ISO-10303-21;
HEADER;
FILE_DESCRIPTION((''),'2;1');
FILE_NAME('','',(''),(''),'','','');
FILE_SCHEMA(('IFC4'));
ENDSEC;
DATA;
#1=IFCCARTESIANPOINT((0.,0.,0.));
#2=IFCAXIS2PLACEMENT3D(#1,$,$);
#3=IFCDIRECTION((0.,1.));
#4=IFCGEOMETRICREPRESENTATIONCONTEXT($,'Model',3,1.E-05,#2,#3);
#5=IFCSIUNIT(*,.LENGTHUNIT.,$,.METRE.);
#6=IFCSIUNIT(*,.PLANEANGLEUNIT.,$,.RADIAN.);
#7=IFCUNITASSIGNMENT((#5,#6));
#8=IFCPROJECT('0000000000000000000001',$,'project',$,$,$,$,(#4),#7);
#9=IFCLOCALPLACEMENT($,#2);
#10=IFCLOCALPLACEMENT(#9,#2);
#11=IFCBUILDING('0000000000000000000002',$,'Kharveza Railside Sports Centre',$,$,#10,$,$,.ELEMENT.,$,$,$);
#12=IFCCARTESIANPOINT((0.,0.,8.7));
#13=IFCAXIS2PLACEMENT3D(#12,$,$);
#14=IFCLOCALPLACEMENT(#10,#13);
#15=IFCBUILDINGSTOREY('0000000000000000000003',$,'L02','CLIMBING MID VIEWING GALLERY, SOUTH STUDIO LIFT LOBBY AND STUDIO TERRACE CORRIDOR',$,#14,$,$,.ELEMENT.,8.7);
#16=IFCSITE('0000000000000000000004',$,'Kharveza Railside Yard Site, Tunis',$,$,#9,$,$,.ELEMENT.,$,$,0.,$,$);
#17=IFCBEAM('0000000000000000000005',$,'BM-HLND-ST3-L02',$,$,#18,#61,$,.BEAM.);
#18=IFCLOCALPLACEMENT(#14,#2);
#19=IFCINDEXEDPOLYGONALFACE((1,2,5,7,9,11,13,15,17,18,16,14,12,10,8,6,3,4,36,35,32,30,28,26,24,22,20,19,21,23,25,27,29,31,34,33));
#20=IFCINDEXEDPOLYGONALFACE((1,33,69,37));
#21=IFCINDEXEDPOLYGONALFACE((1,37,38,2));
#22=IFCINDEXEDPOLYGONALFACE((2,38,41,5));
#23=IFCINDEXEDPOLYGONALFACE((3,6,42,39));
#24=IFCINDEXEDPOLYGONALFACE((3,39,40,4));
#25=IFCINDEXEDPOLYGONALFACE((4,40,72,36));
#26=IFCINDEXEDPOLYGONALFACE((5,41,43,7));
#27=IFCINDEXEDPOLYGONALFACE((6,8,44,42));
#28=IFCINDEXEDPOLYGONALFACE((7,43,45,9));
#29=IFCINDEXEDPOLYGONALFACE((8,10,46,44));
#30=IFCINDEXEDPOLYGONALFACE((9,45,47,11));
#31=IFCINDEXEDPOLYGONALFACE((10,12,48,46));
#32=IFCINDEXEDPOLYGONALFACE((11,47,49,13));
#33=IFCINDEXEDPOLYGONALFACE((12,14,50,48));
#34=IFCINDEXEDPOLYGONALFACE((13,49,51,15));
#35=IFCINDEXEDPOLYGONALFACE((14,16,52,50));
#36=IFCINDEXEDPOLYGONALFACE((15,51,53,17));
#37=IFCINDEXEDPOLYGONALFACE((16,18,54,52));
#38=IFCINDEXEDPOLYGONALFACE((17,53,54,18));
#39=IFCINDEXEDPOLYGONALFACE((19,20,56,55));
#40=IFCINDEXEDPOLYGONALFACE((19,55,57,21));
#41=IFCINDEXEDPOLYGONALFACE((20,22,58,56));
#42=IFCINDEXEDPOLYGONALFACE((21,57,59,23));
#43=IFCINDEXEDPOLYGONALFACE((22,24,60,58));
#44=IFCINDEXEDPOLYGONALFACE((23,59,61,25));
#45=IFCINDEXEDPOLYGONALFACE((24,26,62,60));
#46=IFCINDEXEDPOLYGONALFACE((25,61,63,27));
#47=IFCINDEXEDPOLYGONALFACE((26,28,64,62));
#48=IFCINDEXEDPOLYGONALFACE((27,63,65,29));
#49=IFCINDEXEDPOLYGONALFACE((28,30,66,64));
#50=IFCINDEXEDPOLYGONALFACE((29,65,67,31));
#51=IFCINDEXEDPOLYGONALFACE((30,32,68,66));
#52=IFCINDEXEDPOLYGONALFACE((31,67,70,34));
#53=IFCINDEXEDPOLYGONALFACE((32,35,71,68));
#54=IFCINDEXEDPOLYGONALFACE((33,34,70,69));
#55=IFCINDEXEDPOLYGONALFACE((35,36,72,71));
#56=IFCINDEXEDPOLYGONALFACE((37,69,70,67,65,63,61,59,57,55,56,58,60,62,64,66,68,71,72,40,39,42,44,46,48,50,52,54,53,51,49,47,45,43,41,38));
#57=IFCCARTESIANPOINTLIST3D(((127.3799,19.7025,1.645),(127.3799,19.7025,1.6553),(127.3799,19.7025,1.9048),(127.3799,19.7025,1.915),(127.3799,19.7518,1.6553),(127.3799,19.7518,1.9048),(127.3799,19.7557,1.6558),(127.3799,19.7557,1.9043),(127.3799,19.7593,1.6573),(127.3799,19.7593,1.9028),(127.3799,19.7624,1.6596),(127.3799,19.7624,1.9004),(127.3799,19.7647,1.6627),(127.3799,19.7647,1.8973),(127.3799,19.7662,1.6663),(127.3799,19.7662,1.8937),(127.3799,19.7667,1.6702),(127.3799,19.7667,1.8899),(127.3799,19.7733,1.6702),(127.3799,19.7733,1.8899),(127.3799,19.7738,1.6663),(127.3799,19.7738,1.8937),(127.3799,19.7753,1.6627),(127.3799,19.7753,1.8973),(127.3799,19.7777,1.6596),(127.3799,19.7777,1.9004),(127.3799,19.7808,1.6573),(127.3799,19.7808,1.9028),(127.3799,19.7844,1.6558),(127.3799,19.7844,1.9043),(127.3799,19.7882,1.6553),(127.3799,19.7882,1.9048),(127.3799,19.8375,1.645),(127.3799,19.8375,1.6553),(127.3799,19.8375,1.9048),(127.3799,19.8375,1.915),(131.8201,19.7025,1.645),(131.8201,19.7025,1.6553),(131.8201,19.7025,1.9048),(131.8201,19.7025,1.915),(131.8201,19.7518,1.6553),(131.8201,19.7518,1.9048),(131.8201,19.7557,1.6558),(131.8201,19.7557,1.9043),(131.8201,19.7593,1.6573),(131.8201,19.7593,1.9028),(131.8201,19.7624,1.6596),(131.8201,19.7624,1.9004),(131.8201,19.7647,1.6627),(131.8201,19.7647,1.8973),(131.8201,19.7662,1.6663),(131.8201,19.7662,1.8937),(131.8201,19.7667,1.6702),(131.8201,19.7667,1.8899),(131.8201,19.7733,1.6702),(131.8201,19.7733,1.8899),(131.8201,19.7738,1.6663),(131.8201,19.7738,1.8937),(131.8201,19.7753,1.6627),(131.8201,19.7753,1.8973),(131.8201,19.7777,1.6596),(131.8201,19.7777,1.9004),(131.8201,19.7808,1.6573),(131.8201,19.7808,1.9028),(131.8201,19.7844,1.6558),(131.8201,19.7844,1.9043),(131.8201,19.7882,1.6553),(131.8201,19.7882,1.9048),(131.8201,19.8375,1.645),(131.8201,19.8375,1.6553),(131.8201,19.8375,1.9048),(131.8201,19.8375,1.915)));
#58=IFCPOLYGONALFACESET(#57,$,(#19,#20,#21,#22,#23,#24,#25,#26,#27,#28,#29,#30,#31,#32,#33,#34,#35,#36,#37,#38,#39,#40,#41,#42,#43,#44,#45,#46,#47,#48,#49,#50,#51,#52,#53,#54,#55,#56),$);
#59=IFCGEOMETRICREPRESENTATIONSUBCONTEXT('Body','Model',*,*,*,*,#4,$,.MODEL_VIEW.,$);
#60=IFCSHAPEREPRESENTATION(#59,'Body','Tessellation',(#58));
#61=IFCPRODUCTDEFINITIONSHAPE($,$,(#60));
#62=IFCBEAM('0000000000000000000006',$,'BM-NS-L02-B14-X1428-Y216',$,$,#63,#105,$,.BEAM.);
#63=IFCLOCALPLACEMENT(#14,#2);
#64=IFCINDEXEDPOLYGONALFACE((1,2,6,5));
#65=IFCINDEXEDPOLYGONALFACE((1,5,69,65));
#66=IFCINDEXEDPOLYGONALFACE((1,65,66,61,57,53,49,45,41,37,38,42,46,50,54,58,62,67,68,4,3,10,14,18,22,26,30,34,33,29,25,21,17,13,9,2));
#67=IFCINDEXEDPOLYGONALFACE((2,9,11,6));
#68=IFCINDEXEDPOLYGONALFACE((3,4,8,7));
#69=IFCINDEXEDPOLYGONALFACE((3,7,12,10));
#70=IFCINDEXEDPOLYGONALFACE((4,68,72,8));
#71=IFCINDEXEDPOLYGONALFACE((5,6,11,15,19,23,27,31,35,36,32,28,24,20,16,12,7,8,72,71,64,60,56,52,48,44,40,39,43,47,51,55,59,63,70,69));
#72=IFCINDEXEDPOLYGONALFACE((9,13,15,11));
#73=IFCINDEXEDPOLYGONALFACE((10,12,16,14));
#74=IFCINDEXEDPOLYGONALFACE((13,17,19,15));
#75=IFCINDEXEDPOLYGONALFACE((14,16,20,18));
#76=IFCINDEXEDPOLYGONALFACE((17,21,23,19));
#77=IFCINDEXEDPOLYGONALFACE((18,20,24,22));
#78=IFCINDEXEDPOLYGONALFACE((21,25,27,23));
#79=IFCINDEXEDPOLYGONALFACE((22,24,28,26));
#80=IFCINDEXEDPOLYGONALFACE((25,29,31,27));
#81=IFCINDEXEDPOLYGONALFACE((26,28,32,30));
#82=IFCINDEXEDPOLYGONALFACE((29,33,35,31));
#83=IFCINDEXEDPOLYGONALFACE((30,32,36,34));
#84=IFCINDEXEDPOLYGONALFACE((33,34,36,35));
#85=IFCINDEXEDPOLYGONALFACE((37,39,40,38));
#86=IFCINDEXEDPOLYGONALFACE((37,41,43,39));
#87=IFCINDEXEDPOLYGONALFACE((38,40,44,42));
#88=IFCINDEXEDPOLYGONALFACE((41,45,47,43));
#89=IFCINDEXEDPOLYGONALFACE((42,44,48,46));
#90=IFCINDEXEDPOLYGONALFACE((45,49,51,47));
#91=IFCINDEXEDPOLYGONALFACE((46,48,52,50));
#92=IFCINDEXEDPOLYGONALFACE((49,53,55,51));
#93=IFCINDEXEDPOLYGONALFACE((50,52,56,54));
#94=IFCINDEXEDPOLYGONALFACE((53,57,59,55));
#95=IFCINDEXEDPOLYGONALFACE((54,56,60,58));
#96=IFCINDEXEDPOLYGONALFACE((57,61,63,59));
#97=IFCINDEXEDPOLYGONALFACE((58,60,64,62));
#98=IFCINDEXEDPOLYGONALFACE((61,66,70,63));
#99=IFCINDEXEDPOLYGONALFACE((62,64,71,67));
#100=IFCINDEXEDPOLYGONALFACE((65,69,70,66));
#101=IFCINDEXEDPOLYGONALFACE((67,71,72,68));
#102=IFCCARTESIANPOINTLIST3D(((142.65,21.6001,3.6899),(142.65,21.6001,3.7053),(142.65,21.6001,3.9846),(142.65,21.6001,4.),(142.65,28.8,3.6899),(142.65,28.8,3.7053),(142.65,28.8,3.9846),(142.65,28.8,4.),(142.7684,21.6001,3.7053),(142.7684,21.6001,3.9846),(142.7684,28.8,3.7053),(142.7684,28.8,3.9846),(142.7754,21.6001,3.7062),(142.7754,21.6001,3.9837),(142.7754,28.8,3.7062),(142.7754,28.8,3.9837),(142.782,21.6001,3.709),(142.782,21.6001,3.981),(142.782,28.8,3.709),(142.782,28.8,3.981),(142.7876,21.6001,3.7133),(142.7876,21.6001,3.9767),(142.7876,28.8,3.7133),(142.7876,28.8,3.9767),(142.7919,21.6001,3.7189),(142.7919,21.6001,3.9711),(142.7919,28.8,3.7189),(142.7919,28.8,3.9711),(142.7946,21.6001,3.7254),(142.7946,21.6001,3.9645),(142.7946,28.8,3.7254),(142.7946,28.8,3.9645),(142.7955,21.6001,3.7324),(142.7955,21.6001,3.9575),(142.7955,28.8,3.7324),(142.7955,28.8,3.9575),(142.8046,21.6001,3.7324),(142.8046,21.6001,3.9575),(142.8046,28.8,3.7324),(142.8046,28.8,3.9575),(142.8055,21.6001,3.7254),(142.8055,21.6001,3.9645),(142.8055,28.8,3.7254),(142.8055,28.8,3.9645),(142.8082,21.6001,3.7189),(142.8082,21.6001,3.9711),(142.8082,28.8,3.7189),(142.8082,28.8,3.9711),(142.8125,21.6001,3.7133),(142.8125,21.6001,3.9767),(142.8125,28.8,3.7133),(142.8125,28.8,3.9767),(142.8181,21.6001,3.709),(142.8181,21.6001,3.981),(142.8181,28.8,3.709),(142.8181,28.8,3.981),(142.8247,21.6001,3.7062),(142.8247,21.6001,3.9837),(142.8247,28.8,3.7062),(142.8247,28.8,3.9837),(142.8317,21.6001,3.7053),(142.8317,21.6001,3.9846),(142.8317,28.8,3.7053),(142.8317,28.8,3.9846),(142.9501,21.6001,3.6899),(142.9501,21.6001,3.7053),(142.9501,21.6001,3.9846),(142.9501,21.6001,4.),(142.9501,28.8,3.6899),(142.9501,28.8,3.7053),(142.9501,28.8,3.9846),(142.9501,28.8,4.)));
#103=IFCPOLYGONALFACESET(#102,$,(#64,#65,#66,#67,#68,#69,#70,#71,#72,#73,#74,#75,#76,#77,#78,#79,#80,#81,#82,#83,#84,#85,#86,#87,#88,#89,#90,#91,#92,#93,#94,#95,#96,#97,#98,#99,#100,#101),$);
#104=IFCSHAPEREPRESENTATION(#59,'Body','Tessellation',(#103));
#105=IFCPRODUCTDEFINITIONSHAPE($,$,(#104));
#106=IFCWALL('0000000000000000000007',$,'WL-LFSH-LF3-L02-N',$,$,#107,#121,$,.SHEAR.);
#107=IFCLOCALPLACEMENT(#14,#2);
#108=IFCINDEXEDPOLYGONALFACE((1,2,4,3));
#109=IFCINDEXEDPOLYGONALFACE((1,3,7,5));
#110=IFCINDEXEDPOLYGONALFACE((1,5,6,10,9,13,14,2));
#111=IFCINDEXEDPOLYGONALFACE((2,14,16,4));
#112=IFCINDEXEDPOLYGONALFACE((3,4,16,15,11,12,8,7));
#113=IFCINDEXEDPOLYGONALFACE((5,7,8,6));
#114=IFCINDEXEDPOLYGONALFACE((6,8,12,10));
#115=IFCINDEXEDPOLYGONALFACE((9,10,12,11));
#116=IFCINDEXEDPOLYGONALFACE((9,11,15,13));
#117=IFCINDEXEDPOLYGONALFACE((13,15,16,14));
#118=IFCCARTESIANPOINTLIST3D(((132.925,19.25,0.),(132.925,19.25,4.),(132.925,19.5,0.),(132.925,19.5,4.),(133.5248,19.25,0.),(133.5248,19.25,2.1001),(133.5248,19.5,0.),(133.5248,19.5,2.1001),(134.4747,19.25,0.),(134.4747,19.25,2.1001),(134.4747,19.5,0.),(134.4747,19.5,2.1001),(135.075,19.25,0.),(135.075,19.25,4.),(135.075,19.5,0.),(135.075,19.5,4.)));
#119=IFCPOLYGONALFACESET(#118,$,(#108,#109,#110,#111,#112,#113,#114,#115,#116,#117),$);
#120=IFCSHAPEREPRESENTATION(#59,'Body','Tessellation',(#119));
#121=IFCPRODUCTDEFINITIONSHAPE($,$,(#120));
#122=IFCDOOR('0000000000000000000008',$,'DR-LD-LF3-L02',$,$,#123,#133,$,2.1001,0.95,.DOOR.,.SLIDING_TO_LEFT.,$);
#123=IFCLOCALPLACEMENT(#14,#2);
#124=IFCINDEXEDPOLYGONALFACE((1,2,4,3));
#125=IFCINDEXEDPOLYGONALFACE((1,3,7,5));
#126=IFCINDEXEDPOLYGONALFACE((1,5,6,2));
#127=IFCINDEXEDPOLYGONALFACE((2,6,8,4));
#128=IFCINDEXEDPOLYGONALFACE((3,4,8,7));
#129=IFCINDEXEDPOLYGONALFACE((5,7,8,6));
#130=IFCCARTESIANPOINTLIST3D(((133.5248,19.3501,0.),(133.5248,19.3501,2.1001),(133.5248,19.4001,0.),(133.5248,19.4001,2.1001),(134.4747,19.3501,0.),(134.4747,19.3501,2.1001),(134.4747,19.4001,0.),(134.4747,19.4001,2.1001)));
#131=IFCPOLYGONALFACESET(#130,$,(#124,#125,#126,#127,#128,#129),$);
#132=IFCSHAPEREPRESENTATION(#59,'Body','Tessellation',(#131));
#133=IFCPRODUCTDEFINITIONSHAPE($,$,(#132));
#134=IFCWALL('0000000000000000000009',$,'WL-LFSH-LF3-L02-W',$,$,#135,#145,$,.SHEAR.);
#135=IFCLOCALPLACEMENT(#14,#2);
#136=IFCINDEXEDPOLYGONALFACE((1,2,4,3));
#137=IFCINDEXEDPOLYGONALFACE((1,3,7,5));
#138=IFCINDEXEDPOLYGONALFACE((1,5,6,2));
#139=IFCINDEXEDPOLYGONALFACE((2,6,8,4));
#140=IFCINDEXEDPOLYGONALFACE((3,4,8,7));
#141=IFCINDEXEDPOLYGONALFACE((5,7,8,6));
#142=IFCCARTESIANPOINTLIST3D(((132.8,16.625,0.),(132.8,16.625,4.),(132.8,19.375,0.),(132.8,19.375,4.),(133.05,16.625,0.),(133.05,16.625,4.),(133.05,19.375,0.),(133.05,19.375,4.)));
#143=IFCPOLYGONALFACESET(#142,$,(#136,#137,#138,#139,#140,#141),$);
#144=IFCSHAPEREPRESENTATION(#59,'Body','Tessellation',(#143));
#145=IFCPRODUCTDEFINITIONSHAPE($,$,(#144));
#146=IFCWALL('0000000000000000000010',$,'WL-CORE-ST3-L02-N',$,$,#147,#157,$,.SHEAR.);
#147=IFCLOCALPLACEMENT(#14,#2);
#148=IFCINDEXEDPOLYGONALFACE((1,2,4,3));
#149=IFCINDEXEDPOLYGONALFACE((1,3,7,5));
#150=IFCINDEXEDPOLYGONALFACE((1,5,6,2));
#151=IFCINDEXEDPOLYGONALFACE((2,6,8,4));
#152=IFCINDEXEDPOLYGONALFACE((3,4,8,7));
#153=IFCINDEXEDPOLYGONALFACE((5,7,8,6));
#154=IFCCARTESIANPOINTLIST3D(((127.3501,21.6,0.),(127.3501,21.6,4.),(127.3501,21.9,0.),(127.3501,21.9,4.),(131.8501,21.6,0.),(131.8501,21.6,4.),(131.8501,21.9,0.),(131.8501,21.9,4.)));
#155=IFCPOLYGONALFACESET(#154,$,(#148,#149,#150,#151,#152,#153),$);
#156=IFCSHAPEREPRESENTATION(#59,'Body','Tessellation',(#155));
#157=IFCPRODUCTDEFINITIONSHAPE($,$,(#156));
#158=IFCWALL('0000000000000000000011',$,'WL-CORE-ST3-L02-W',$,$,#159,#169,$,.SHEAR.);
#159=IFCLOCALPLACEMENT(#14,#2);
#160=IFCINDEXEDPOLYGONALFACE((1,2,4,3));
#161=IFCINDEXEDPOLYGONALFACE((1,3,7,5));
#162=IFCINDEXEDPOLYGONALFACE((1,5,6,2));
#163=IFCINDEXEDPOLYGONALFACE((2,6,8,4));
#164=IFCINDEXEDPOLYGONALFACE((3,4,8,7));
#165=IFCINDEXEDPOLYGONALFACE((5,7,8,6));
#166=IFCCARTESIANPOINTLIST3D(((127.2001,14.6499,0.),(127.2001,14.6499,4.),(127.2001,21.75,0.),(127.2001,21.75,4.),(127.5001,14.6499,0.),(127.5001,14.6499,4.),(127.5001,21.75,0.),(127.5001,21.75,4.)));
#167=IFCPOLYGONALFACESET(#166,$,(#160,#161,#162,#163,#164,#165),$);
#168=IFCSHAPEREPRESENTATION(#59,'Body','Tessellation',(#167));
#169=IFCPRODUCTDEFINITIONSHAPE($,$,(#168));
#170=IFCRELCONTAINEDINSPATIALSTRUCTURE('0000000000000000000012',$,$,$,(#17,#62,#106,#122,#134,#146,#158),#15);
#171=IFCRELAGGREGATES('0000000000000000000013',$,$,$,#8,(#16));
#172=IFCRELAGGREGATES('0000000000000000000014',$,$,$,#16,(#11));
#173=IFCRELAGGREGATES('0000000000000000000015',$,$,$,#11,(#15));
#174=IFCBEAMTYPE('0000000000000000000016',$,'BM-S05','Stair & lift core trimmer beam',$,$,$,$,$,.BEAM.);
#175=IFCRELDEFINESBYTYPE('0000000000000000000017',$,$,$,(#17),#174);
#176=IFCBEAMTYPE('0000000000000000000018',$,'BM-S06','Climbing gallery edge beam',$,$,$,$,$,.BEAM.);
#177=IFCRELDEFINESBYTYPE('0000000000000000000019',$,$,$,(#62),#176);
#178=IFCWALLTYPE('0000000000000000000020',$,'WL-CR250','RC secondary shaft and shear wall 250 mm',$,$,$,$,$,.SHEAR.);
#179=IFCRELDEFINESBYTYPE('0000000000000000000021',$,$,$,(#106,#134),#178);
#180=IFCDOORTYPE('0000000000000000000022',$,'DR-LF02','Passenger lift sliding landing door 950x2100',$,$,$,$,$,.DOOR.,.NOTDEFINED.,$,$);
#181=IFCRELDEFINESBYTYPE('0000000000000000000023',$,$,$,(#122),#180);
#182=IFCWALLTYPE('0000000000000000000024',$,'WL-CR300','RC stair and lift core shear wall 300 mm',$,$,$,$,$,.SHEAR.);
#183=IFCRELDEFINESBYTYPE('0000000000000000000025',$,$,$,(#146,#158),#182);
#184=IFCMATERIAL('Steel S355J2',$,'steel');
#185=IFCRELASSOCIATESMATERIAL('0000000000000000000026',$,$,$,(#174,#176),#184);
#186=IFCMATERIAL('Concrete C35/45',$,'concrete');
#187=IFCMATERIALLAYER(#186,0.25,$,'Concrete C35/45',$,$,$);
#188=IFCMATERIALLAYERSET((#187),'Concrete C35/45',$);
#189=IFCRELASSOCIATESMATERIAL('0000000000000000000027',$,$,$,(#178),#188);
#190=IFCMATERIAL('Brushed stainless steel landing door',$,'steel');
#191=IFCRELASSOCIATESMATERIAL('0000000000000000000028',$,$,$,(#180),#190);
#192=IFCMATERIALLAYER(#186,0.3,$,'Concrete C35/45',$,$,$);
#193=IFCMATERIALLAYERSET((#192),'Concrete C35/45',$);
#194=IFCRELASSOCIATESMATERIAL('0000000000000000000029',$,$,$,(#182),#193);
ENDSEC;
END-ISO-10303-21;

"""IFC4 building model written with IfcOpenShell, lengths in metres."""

from ifc_helpers import new_model, si_unit, direction, frame, frame_2d, origin, origin_2d, place, context, subcontext, project, spatial, rectangle, i_section, extrude, material, layer, layer_set, material_profile, profile_set, type_object, element, fill, save


model = new_model("IFC4")

# Units and contexts
model_context = context("Model", 3, precision=1e-05, world=origin(), true_north=direction((0.0, 1.0)))
body_context = subcontext(model_context, "Body", "Model", "MODEL_VIEW")
ifc_project = project(units=[si_unit("LENGTHUNIT", "METRE"), si_unit("PLANEANGLEUNIT", "RADIAN")], contexts=[model_context])

# Site, building, storey
site_placement = place(None, origin())
site = spatial("IfcSite", under=ifc_project, at=site_placement, Name="Kharveza Railside Yard Site, Tunis", CompositionType="ELEMENT", RefElevation=0.0)
building_placement = place(site_placement, origin())
building = spatial("IfcBuilding", under=site, at=building_placement, Name="Kharveza Railside Sports Centre", CompositionType="ELEMENT")
storey_placement = place(building_placement, frame((0.0, 0.0, 8.7)))
storey = spatial("IfcBuildingStorey", under=building, at=storey_placement, Name="L02", Description="CLIMBING MID VIEWING GALLERY, SOUTH STUDIO LIFT LOBBY AND STUDIO TERRACE CORRIDOR", CompositionType="ELEMENT", Elevation=8.7)

# Shared definitions
ifc_material_1 = material(Name="Steel S355J2", Category="steel")

# Beams
ifc_material_profile_1 = material_profile(ifc_material_1, i_section(OverallWidth=0.135, OverallDepth=0.27, WebThickness=0.0066, FlangeThickness=0.0103, FilletRadius=0.0149, at=origin_2d()), Name="IPE 270")
ifc_profile_set_1 = profile_set([ifc_material_profile_1], Name="Steel S355J2")
beam_type_1 = type_object("IfcBeamType", Name="BM-S05", Description="Stair & lift core trimmer beam", PredefinedType="BEAM", material=ifc_profile_set_1)
beam_1_placement = place(storey_placement, frame((127.3799, 19.77, 1.78), z_axis=(1.0, 0.0, 0.0), x_axis=(0.0, 1.0, 0.0)))
element("IfcBeam", 1, at=beam_1_placement, inside=storey, type_object=beam_type_1, Name="BM-HLND-ST3-L02", PredefinedType="BEAM", context=body_context, shape_type="SweptSolid", body=[
    extrude(i_section(OverallWidth=0.135, OverallDepth=0.27, WebThickness=0.0066, FlangeThickness=0.0103, FilletRadius=0.0149, at=origin_2d()), origin(), (0.0, 0.0, 1.0), 4.4402),
])
ifc_material_profile_2 = material_profile(ifc_material_1, i_section(OverallWidth=0.3, OverallDepth=0.3101, WebThickness=0.009, FlangeThickness=0.0154, FilletRadius=0.0271, at=origin_2d()), Name="HEA 320")
ifc_profile_set_2 = profile_set([ifc_material_profile_2], Name="Steel S355J2")
beam_type_2 = type_object("IfcBeamType", Name="BM-S06", Description="Climbing gallery edge beam", PredefinedType="BEAM", material=ifc_profile_set_2)
beam_2_placement = place(storey_placement, frame((142.8, 21.6001, 3.845), z_axis=(0.0, 1.0, 0.0), x_axis=(-1.0, 0.0, 0.0)))
element("IfcBeam", 2, at=beam_2_placement, inside=storey, type_object=beam_type_2, Name="BM-NS-L02-B14-X1428-Y216", PredefinedType="BEAM", context=body_context, shape_type="SweptSolid", body=[
    extrude(i_section(OverallWidth=0.3, OverallDepth=0.3101, WebThickness=0.009, FlangeThickness=0.0154, FilletRadius=0.0271, at=origin_2d()), origin(), (0.0, 0.0, 1.0), 7.2),
])

# Wall, opening, door
ifc_material_2 = material(Name="Concrete C35/45", Category="concrete")
ifc_layer_1 = layer(ifc_material_2, 0.25, Name="Concrete C35/45")
ifc_layer_set_1 = layer_set([ifc_layer_1], Name="Concrete C35/45")
wall_type_1 = type_object("IfcWallType", Name="WL-CR250", Description="RC secondary shaft and shear wall 250 mm", PredefinedType="SHEAR", material=ifc_layer_set_1)
wall_1_placement = place(storey_placement, frame((135.075, 19.375, 0.0), z_axis=(0.0, 0.0, 1.0), x_axis=(-1.0, 0.0, 0.0)))
wall_1 = element("IfcWall", 3, at=wall_1_placement, inside=storey, type_object=wall_type_1, Name="WL-LFSH-LF3-L02-N", PredefinedType="SHEAR", context=body_context, shape_type="SweptSolid", body=[
    extrude(rectangle(XDim=2.1499, YDim=0.25, at=frame_2d((1.075, 0.0))), origin(), (0.0, 0.0, 1.0), 4.0),
])
opening_1_placement = place(wall_1_placement, frame((0.6001, 0.0, 0.0)))
opening_1 = element("IfcOpeningElement", 4, at=opening_1_placement, cuts=wall_1, PredefinedType="OPENING", context=body_context, shape_type="SweptSolid", body=[
    extrude(rectangle(XDim=0.95, YDim=2.1001, at=frame_2d((0.4751, 1.05))), frame((0.0, 0.1499, 0.0), z_axis=(0.0, -1.0, 0.0), x_axis=(1.0, 0.0, 0.0)), (0.0, 0.0, 1.0), 0.2998),
])
ifc_material_3 = material(Name="Brushed stainless steel landing door", Category="steel")
door_type_1 = type_object("IfcDoorType", Name="DR-LF02", Description="Passenger lift sliding landing door 950x2100", OperationType="NOTDEFINED", PredefinedType="DOOR", material=ifc_material_3)
door_1_placement = place(opening_1_placement, origin())
door_1 = element("IfcDoor", 5, at=door_1_placement, inside=storey, type_object=door_type_1, Name="DR-LD-LF3-L02", OperationType="SLIDING_TO_LEFT", OverallHeight=2.1001, OverallWidth=0.95, PredefinedType="DOOR", context=body_context, shape_type="SweptSolid", body=[
    extrude(rectangle(XDim=0.95, YDim=2.1001, at=frame_2d((0.4751, 1.05))), frame((0.0, 0.0249, 0.0), z_axis=(0.0, -1.0, 0.0), x_axis=(1.0, 0.0, 0.0)), (0.0, 0.0, 1.0), 0.05),
])
fill(opening_1, door_1)

# Walls
wall_2_placement = place(storey_placement, frame((132.925, 19.375, 0.0), z_axis=(0.0, 0.0, 1.0), x_axis=(0.0, -1.0, 0.0)))
element("IfcWall", 6, at=wall_2_placement, inside=storey, type_object=wall_type_1, Name="WL-LFSH-LF3-L02-W", PredefinedType="SHEAR", context=body_context, shape_type="SweptSolid", body=[
    extrude(rectangle(XDim=2.75, YDim=0.25, at=frame_2d((1.375, 0.0))), origin(), (0.0, 0.0, 1.0), 4.0),
])
ifc_layer_2 = layer(ifc_material_2, 0.3, Name="Concrete C35/45")
ifc_layer_set_2 = layer_set([ifc_layer_2], Name="Concrete C35/45")
wall_type_2 = type_object("IfcWallType", Name="WL-CR300", Description="RC stair and lift core shear wall 300 mm", PredefinedType="SHEAR", material=ifc_layer_set_2)
wall_3_placement = place(storey_placement, frame((131.8501, 21.75, 0.0), z_axis=(0.0, 0.0, 1.0), x_axis=(-1.0, 0.0, 0.0)))
element("IfcWall", 7, at=wall_3_placement, inside=storey, type_object=wall_type_2, Name="WL-CORE-ST3-L02-N", PredefinedType="SHEAR", context=body_context, shape_type="SweptSolid", body=[
    extrude(rectangle(XDim=4.5, YDim=0.3, at=frame_2d((2.25, 0.0))), origin(), (0.0, 0.0, 1.0), 4.0),
])
wall_4_placement = place(storey_placement, frame((127.3501, 21.75, 0.0), z_axis=(0.0, 0.0, 1.0), x_axis=(0.0, -1.0, 0.0)))
element("IfcWall", 8, at=wall_4_placement, inside=storey, type_object=wall_type_2, Name="WL-CORE-ST3-L02-W", PredefinedType="SHEAR", context=body_context, shape_type="SweptSolid", body=[
    extrude(rectangle(XDim=7.1001, YDim=0.3, at=frame_2d((3.55, 0.0))), origin(), (0.0, 0.0, 1.0), 4.0),
])

save(model, "model.ifc")
